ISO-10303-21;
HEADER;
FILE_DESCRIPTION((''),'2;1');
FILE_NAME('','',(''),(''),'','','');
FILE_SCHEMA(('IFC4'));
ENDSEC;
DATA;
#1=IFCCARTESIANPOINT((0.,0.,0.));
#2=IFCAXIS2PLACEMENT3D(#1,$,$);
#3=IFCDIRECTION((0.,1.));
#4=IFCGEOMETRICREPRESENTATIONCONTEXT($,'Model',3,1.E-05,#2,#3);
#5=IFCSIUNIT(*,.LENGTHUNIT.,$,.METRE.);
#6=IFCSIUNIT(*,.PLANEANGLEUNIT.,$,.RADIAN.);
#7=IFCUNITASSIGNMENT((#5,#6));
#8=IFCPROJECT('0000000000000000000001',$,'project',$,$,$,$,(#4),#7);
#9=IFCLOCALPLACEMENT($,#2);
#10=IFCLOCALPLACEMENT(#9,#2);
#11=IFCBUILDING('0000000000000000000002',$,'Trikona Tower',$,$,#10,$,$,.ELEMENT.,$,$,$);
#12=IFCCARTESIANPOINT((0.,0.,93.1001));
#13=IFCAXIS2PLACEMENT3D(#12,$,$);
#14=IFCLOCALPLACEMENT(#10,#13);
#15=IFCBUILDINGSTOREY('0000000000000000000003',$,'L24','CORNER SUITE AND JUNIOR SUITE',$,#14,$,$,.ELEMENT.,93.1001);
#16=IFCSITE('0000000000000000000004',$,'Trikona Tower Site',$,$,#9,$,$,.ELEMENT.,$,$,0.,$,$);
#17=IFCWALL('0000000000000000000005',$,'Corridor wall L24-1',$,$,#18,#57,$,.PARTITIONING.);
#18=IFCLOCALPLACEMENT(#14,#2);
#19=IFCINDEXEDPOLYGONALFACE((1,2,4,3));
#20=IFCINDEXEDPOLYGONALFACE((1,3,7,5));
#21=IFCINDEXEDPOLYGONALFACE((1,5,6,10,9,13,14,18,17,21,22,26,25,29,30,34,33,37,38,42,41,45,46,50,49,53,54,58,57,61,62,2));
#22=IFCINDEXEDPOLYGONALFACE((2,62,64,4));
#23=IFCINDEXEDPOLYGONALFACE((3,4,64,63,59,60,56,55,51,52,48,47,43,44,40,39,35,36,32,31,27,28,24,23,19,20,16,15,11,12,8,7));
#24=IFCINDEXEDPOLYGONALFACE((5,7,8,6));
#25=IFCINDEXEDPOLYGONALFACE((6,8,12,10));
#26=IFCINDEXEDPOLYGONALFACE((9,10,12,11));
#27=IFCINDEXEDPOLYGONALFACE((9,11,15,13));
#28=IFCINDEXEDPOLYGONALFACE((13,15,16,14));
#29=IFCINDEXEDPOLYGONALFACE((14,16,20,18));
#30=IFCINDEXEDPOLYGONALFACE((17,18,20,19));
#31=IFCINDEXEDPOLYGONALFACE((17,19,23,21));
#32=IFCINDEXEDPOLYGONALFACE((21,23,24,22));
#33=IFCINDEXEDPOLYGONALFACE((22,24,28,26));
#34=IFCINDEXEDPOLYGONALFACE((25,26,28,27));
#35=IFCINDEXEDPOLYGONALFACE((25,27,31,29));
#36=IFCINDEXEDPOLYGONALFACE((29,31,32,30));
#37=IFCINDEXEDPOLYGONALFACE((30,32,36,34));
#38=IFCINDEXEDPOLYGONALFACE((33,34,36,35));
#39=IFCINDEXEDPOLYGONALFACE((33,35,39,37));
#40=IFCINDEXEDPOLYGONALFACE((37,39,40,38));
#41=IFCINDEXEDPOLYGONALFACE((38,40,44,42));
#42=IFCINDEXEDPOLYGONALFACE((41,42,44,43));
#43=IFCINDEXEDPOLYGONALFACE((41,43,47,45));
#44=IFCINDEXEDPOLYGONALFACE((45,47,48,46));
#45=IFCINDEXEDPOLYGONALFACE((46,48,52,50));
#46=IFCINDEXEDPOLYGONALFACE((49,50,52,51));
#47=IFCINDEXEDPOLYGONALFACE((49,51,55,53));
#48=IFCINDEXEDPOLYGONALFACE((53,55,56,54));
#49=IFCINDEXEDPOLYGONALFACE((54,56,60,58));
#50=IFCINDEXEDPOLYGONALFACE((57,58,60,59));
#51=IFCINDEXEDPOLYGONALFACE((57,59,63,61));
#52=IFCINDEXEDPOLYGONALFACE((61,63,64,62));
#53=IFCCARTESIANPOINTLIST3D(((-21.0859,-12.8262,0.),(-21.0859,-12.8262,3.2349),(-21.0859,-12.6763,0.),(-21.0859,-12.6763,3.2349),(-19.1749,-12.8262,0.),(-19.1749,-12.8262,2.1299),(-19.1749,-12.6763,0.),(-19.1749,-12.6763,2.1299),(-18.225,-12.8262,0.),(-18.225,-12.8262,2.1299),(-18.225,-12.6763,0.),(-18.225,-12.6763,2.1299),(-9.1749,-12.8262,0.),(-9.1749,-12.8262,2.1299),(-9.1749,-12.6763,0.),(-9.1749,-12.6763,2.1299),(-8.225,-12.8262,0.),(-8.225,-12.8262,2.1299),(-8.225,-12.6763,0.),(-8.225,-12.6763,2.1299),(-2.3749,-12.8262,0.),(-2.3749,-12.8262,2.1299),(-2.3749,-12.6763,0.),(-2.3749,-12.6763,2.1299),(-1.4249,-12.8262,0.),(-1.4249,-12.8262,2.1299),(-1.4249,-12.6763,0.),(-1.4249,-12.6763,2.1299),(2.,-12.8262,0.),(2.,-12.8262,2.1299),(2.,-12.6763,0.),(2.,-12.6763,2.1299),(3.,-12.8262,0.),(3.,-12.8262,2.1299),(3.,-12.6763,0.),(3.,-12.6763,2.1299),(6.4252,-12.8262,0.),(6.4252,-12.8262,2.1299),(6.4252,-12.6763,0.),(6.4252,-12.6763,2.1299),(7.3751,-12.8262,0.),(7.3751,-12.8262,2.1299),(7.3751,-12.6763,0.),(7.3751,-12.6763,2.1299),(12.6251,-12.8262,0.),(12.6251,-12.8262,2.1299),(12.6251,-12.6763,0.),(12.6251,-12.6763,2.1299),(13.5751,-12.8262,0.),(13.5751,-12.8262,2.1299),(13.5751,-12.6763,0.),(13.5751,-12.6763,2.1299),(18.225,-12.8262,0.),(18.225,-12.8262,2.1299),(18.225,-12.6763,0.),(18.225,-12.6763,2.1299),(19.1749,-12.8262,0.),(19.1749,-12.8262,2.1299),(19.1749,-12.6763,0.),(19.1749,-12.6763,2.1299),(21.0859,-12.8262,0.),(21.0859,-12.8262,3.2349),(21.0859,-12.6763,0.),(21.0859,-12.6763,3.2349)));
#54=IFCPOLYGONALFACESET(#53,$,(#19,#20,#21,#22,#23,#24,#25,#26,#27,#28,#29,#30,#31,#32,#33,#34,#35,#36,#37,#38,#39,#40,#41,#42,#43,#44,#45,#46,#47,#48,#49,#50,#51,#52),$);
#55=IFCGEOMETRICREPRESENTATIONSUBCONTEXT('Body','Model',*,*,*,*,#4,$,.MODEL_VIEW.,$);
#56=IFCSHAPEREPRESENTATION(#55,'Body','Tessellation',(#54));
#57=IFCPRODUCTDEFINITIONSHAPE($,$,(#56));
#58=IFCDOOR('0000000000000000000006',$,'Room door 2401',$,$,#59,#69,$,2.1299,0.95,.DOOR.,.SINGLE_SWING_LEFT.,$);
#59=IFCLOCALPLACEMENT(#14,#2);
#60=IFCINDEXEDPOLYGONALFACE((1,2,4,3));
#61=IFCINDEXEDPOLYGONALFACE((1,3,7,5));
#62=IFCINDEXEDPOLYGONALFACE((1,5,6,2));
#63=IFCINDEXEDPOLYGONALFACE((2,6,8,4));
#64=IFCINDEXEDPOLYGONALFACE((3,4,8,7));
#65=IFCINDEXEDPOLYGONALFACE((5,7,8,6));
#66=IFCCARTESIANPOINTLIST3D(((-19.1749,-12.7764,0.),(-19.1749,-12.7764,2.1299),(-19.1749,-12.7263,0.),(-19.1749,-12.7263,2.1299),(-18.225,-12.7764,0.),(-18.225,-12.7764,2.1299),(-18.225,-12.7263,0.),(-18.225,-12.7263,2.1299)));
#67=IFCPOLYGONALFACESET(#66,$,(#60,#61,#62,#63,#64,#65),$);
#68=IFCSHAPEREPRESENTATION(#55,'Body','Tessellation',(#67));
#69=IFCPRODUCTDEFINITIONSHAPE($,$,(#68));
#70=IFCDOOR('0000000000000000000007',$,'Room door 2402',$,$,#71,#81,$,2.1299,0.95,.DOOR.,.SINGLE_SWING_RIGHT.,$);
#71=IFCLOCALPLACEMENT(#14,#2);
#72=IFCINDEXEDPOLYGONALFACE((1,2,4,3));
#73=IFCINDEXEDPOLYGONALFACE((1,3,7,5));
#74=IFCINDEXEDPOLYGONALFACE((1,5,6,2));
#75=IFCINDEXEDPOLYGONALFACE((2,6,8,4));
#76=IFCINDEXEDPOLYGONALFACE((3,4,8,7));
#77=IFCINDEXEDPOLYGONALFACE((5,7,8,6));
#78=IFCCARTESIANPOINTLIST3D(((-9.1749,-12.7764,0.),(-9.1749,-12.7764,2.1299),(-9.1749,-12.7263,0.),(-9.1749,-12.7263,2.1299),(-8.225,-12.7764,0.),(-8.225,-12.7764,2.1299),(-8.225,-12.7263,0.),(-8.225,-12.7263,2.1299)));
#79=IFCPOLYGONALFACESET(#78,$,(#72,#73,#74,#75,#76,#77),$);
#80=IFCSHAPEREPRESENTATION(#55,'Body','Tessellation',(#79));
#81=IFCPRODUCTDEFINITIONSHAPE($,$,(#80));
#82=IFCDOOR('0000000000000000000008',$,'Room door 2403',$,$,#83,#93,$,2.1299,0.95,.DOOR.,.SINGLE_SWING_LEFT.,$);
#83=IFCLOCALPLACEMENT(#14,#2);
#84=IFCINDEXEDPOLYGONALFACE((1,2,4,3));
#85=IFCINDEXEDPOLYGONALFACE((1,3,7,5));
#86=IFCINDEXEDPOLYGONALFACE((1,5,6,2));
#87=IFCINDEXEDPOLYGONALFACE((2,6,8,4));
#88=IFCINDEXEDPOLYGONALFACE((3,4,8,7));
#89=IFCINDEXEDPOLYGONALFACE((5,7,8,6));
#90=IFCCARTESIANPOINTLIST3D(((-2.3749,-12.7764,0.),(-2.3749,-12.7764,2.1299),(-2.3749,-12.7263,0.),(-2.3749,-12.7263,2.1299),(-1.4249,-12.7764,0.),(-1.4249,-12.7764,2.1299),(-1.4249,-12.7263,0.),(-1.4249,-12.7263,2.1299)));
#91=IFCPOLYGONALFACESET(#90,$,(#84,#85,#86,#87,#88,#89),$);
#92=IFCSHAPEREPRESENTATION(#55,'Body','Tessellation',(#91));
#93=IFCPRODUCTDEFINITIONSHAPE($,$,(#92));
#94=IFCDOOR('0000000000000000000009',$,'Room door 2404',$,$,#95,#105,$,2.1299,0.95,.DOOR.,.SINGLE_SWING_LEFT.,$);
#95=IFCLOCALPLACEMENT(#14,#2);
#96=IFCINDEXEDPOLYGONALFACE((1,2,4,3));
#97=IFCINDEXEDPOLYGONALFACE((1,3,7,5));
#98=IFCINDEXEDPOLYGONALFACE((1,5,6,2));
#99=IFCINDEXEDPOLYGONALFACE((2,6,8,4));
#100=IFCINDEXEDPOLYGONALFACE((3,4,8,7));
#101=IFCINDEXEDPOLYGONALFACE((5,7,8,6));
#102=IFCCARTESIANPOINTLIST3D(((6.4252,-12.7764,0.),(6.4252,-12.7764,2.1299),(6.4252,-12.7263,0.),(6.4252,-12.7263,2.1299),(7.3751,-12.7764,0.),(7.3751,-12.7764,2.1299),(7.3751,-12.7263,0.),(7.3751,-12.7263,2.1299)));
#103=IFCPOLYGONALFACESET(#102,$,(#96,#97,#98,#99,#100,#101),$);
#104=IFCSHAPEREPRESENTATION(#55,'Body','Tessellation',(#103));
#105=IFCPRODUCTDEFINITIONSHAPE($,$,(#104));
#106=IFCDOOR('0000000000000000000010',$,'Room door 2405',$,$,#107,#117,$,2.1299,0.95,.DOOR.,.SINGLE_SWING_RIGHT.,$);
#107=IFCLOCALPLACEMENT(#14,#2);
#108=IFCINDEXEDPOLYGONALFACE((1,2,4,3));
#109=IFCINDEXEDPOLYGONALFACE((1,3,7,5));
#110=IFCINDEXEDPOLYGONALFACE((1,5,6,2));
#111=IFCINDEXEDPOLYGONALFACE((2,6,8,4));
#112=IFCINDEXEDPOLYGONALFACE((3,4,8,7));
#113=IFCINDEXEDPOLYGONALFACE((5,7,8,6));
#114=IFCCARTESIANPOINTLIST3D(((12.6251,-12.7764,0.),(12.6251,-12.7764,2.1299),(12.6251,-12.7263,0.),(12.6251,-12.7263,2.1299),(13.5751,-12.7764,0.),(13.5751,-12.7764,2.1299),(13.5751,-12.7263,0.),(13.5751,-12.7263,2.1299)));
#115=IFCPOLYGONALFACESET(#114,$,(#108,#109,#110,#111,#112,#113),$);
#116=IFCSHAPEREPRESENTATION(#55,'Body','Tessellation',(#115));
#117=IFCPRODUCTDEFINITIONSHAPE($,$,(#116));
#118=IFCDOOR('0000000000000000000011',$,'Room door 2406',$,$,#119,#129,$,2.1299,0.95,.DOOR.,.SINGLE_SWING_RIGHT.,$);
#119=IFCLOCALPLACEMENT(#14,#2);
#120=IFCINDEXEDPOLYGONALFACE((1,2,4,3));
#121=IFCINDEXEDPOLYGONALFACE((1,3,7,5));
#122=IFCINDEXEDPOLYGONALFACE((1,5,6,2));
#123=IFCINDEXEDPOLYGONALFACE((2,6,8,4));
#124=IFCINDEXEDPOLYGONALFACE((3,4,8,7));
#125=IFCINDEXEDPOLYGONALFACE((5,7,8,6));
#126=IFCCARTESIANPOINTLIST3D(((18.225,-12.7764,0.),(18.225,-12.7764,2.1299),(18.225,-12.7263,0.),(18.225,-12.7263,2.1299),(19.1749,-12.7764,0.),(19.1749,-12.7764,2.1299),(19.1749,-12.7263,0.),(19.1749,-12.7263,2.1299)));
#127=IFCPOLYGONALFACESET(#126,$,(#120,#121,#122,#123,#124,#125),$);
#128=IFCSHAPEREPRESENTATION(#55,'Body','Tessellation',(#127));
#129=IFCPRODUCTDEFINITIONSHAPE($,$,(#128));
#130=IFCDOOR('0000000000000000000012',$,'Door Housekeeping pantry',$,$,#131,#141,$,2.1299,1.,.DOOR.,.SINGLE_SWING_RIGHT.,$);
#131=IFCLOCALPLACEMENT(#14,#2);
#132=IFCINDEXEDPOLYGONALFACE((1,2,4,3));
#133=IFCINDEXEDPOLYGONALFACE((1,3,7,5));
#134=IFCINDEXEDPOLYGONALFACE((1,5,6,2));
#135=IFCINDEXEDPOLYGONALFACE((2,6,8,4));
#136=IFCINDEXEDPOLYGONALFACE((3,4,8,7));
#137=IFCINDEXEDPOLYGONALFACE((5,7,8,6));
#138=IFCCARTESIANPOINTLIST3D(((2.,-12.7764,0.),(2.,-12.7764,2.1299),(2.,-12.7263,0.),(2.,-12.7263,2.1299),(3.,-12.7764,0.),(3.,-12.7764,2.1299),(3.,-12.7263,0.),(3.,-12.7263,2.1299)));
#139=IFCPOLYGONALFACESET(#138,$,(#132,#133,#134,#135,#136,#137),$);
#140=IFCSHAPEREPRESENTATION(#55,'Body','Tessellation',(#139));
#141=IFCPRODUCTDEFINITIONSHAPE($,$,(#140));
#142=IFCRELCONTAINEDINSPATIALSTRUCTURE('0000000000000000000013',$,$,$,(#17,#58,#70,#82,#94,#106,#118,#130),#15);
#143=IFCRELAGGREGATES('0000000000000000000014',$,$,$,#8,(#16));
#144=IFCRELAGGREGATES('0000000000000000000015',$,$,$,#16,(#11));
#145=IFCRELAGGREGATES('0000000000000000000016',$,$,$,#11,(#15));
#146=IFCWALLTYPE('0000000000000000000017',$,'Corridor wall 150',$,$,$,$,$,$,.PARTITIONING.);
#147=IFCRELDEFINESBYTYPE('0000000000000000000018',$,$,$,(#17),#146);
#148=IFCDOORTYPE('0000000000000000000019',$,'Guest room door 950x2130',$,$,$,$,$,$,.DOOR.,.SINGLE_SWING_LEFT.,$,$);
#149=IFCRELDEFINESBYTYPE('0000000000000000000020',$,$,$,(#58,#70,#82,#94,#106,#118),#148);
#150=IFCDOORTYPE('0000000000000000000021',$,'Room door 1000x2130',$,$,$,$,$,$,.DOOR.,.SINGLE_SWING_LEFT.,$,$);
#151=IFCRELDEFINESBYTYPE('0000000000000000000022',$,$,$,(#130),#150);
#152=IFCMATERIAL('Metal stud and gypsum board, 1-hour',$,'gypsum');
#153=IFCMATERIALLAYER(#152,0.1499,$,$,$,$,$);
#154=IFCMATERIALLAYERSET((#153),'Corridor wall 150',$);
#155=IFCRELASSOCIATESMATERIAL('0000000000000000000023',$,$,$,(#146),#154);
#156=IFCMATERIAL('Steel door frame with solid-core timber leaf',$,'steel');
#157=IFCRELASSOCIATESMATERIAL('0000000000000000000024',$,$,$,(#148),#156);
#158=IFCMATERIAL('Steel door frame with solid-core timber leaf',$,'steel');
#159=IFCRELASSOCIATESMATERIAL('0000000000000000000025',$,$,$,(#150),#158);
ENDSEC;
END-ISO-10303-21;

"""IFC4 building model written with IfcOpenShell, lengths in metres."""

from ifc_helpers import new_model, si_unit, direction, frame, frame_2d, origin, place, context, subcontext, project, spatial, rectangle, extrude, material, layer, layer_set, type_object, element, fill, save


model = new_model("IFC4")

# Units and contexts
model_context = context("Model", 3, precision=1e-05, world=origin(), true_north=direction((0.0, 1.0)))
body_context = subcontext(model_context, "Body", "Model", "MODEL_VIEW")
ifc_project = project(units=[si_unit("LENGTHUNIT", "METRE"), si_unit("PLANEANGLEUNIT", "RADIAN")], contexts=[model_context])

# Site, building, storey
site_placement = place(None, origin())
site = spatial("IfcSite", under=ifc_project, at=site_placement, Name="Trikona Tower Site", CompositionType="ELEMENT", RefElevation=0.0)
building_placement = place(site_placement, origin())
building = spatial("IfcBuilding", under=site, at=building_placement, Name="Trikona Tower", CompositionType="ELEMENT")
storey_placement = place(building_placement, frame((0.0, 0.0, 93.1001)))
storey = spatial("IfcBuildingStorey", under=building, at=storey_placement, Name="L24", Description="CORNER SUITE AND JUNIOR SUITE", CompositionType="ELEMENT", Elevation=93.1001)

# Wall, openings, doors
ifc_material_1 = material(Name="Metal stud and gypsum board, 1-hour", Category="gypsum")
ifc_layer_1 = layer(ifc_material_1, 0.1499)
ifc_layer_set_1 = layer_set([ifc_layer_1], Name="Corridor wall 150")
wall_type_1 = type_object("IfcWallType", Name="Corridor wall 150", PredefinedType="PARTITIONING", material=ifc_layer_set_1)
wall_1_placement = place(storey_placement, frame((-21.0859, -12.7512, 0.0), z_axis=(0.0, 0.0, 1.0), x_axis=(1.0, 0.0, 0.0)))
wall_1 = element("IfcWall", 1, at=wall_1_placement, inside=storey, type_object=wall_type_1, Name="Corridor wall L24-1", PredefinedType="PARTITIONING", context=body_context, shape_type="SweptSolid", body=[
    extrude(rectangle(XDim=42.1719, YDim=0.1499, at=frame_2d((21.0859, 0.0))), origin(), (0.0, 0.0, 1.0), 3.2349),
])
opening_1_placement = place(wall_1_placement, frame((1.9109, 0.0, 0.0)))
opening_1 = element("IfcOpeningElement", 2, at=opening_1_placement, cuts=wall_1, PredefinedType="OPENING", context=body_context, shape_type="SweptSolid", body=[
    extrude(rectangle(XDim=0.95, YDim=2.1299, at=frame_2d((0.4751, 1.0649))), frame((0.0, 0.085, 0.0), z_axis=(0.0, -1.0, 0.0), x_axis=(1.0, 0.0, 0.0)), (0.0, 0.0, 1.0), 0.1699),
])
opening_2_placement = place(wall_1_placement, frame((11.9109, 0.0, 0.0)))
opening_2 = element("IfcOpeningElement", 3, at=opening_2_placement, cuts=wall_1, PredefinedType="OPENING", context=body_context, shape_type="SweptSolid", body=[
    extrude(rectangle(XDim=0.95, YDim=2.1299, at=frame_2d((0.4751, 1.0649))), frame((0.0, 0.085, 0.0), z_axis=(0.0, -1.0, 0.0), x_axis=(1.0, 0.0, 0.0)), (0.0, 0.0, 1.0), 0.1699),
])
opening_3_placement = place(wall_1_placement, frame((18.7109, 0.0, 0.0)))
opening_3 = element("IfcOpeningElement", 4, at=opening_3_placement, cuts=wall_1, PredefinedType="OPENING", context=body_context, shape_type="SweptSolid", body=[
    extrude(rectangle(XDim=0.95, YDim=2.1299, at=frame_2d((0.4751, 1.0649))), frame((0.0, 0.085, 0.0), z_axis=(0.0, -1.0, 0.0), x_axis=(1.0, 0.0, 0.0)), (0.0, 0.0, 1.0), 0.1699),
])
opening_4_placement = place(wall_1_placement, frame((23.0859, 0.0, 0.0)))
opening_4 = element("IfcOpeningElement", 5, at=opening_4_placement, cuts=wall_1, PredefinedType="OPENING", context=body_context, shape_type="SweptSolid", body=[
    extrude(rectangle(XDim=1.0, YDim=2.1299, at=frame_2d((0.5, 1.0649))), frame((0.0, 0.085, 0.0), z_axis=(0.0, -1.0, 0.0), x_axis=(1.0, 0.0, 0.0)), (0.0, 0.0, 1.0), 0.1699),
])
opening_5_placement = place(wall_1_placement, frame((27.511, 0.0, 0.0)))
opening_5 = element("IfcOpeningElement", 6, at=opening_5_placement, cuts=wall_1, PredefinedType="OPENING", context=body_context, shape_type="SweptSolid", body=[
    extrude(rectangle(XDim=0.95, YDim=2.1299, at=frame_2d((0.4751, 1.0649))), frame((0.0, 0.085, 0.0), z_axis=(0.0, -1.0, 0.0), x_axis=(1.0, 0.0, 0.0)), (0.0, 0.0, 1.0), 0.1699),
])
opening_6_placement = place(wall_1_placement, frame((33.7109, 0.0, 0.0)))
opening_6 = element("IfcOpeningElement", 7, at=opening_6_placement, cuts=wall_1, PredefinedType="OPENING", context=body_context, shape_type="SweptSolid", body=[
    extrude(rectangle(XDim=0.95, YDim=2.1299, at=frame_2d((0.4751, 1.0649))), frame((0.0, 0.085, 0.0), z_axis=(0.0, -1.0, 0.0), x_axis=(1.0, 0.0, 0.0)), (0.0, 0.0, 1.0), 0.1699),
])
opening_7_placement = place(wall_1_placement, frame((39.3108, 0.0, 0.0)))
opening_7 = element("IfcOpeningElement", 8, at=opening_7_placement, cuts=wall_1, PredefinedType="OPENING", context=body_context, shape_type="SweptSolid", body=[
    extrude(rectangle(XDim=0.95, YDim=2.1299, at=frame_2d((0.4751, 1.0649))), frame((0.0, 0.085, 0.0), z_axis=(0.0, -1.0, 0.0), x_axis=(1.0, 0.0, 0.0)), (0.0, 0.0, 1.0), 0.1699),
])
ifc_material_2 = material(Name="Steel door frame with solid-core timber leaf", Category="steel")
door_type_1 = type_object("IfcDoorType", Name="Guest room door 950x2130", OperationType="SINGLE_SWING_LEFT", PredefinedType="DOOR", material=ifc_material_2)
door_1_placement = place(opening_1_placement, origin())
door_1 = element("IfcDoor", 9, at=door_1_placement, inside=storey, type_object=door_type_1, Name="Room door 2401", OperationType="SINGLE_SWING_LEFT", OverallHeight=2.1299, OverallWidth=0.95, PredefinedType="DOOR", context=body_context, shape_type="SweptSolid", body=[
    extrude(rectangle(XDim=0.95, YDim=2.1299, at=frame_2d((0.4751, 1.0649))), frame((0.0, 0.0249, 0.0), z_axis=(0.0, -1.0, 0.0), x_axis=(1.0, 0.0, 0.0)), (0.0, 0.0, 1.0), 0.05),
])
fill(opening_1, door_1)
door_2_placement = place(opening_2_placement, origin())
door_2 = element("IfcDoor", 10, at=door_2_placement, inside=storey, type_object=door_type_1, Name="Room door 2402", OperationType="SINGLE_SWING_RIGHT", OverallHeight=2.1299, OverallWidth=0.95, PredefinedType="DOOR", context=body_context, shape_type="SweptSolid", body=[
    extrude(rectangle(XDim=0.95, YDim=2.1299, at=frame_2d((0.4751, 1.0649))), frame((0.0, 0.0249, 0.0), z_axis=(0.0, -1.0, 0.0), x_axis=(1.0, 0.0, 0.0)), (0.0, 0.0, 1.0), 0.05),
])
fill(opening_2, door_2)
door_3_placement = place(opening_3_placement, origin())
door_3 = element("IfcDoor", 11, at=door_3_placement, inside=storey, type_object=door_type_1, Name="Room door 2403", OperationType="SINGLE_SWING_LEFT", OverallHeight=2.1299, OverallWidth=0.95, PredefinedType="DOOR", context=body_context, shape_type="SweptSolid", body=[
    extrude(rectangle(XDim=0.95, YDim=2.1299, at=frame_2d((0.4751, 1.0649))), frame((0.0, 0.0249, 0.0), z_axis=(0.0, -1.0, 0.0), x_axis=(1.0, 0.0, 0.0)), (0.0, 0.0, 1.0), 0.05),
])
fill(opening_3, door_3)
door_4_placement = place(opening_5_placement, origin())
door_4 = element("IfcDoor", 12, at=door_4_placement, inside=storey, type_object=door_type_1, Name="Room door 2404", OperationType="SINGLE_SWING_LEFT", OverallHeight=2.1299, OverallWidth=0.95, PredefinedType="DOOR", context=body_context, shape_type="SweptSolid", body=[
    extrude(rectangle(XDim=0.95, YDim=2.1299, at=frame_2d((0.4751, 1.0649))), frame((0.0, 0.0249, 0.0), z_axis=(0.0, -1.0, 0.0), x_axis=(1.0, 0.0, 0.0)), (0.0, 0.0, 1.0), 0.05),
])
fill(opening_5, door_4)
door_5_placement = place(opening_6_placement, origin())
door_5 = element("IfcDoor", 13, at=door_5_placement, inside=storey, type_object=door_type_1, Name="Room door 2405", OperationType="SINGLE_SWING_RIGHT", OverallHeight=2.1299, OverallWidth=0.95, PredefinedType="DOOR", context=body_context, shape_type="SweptSolid", body=[
    extrude(rectangle(XDim=0.95, YDim=2.1299, at=frame_2d((0.4751, 1.0649))), frame((0.0, 0.0249, 0.0), z_axis=(0.0, -1.0, 0.0), x_axis=(1.0, 0.0, 0.0)), (0.0, 0.0, 1.0), 0.05),
])
fill(opening_6, door_5)
door_6_placement = place(opening_7_placement, origin())
door_6 = element("IfcDoor", 14, at=door_6_placement, inside=storey, type_object=door_type_1, Name="Room door 2406", OperationType="SINGLE_SWING_RIGHT", OverallHeight=2.1299, OverallWidth=0.95, PredefinedType="DOOR", context=body_context, shape_type="SweptSolid", body=[
    extrude(rectangle(XDim=0.95, YDim=2.1299, at=frame_2d((0.4751, 1.0649))), frame((0.0, 0.0249, 0.0), z_axis=(0.0, -1.0, 0.0), x_axis=(1.0, 0.0, 0.0)), (0.0, 0.0, 1.0), 0.05),
])
fill(opening_7, door_6)
ifc_material_3 = material(Name="Steel door frame with solid-core timber leaf", Category="steel")
door_type_2 = type_object("IfcDoorType", Name="Room door 1000x2130", OperationType="SINGLE_SWING_LEFT", PredefinedType="DOOR", material=ifc_material_3)
door_7_placement = place(opening_4_placement, origin())
door_7 = element("IfcDoor", 15, at=door_7_placement, inside=storey, type_object=door_type_2, Name="Door Housekeeping pantry", OperationType="SINGLE_SWING_RIGHT", OverallHeight=2.1299, OverallWidth=1.0, PredefinedType="DOOR", context=body_context, shape_type="SweptSolid", body=[
    extrude(rectangle(XDim=1.0, YDim=2.1299, at=frame_2d((0.5, 1.0649))), frame((0.0, 0.0249, 0.0), z_axis=(0.0, -1.0, 0.0), x_axis=(1.0, 0.0, 0.0)), (0.0, 0.0, 1.0), 0.05),
])
fill(opening_4, door_7)

save(model, "model.ifc")
